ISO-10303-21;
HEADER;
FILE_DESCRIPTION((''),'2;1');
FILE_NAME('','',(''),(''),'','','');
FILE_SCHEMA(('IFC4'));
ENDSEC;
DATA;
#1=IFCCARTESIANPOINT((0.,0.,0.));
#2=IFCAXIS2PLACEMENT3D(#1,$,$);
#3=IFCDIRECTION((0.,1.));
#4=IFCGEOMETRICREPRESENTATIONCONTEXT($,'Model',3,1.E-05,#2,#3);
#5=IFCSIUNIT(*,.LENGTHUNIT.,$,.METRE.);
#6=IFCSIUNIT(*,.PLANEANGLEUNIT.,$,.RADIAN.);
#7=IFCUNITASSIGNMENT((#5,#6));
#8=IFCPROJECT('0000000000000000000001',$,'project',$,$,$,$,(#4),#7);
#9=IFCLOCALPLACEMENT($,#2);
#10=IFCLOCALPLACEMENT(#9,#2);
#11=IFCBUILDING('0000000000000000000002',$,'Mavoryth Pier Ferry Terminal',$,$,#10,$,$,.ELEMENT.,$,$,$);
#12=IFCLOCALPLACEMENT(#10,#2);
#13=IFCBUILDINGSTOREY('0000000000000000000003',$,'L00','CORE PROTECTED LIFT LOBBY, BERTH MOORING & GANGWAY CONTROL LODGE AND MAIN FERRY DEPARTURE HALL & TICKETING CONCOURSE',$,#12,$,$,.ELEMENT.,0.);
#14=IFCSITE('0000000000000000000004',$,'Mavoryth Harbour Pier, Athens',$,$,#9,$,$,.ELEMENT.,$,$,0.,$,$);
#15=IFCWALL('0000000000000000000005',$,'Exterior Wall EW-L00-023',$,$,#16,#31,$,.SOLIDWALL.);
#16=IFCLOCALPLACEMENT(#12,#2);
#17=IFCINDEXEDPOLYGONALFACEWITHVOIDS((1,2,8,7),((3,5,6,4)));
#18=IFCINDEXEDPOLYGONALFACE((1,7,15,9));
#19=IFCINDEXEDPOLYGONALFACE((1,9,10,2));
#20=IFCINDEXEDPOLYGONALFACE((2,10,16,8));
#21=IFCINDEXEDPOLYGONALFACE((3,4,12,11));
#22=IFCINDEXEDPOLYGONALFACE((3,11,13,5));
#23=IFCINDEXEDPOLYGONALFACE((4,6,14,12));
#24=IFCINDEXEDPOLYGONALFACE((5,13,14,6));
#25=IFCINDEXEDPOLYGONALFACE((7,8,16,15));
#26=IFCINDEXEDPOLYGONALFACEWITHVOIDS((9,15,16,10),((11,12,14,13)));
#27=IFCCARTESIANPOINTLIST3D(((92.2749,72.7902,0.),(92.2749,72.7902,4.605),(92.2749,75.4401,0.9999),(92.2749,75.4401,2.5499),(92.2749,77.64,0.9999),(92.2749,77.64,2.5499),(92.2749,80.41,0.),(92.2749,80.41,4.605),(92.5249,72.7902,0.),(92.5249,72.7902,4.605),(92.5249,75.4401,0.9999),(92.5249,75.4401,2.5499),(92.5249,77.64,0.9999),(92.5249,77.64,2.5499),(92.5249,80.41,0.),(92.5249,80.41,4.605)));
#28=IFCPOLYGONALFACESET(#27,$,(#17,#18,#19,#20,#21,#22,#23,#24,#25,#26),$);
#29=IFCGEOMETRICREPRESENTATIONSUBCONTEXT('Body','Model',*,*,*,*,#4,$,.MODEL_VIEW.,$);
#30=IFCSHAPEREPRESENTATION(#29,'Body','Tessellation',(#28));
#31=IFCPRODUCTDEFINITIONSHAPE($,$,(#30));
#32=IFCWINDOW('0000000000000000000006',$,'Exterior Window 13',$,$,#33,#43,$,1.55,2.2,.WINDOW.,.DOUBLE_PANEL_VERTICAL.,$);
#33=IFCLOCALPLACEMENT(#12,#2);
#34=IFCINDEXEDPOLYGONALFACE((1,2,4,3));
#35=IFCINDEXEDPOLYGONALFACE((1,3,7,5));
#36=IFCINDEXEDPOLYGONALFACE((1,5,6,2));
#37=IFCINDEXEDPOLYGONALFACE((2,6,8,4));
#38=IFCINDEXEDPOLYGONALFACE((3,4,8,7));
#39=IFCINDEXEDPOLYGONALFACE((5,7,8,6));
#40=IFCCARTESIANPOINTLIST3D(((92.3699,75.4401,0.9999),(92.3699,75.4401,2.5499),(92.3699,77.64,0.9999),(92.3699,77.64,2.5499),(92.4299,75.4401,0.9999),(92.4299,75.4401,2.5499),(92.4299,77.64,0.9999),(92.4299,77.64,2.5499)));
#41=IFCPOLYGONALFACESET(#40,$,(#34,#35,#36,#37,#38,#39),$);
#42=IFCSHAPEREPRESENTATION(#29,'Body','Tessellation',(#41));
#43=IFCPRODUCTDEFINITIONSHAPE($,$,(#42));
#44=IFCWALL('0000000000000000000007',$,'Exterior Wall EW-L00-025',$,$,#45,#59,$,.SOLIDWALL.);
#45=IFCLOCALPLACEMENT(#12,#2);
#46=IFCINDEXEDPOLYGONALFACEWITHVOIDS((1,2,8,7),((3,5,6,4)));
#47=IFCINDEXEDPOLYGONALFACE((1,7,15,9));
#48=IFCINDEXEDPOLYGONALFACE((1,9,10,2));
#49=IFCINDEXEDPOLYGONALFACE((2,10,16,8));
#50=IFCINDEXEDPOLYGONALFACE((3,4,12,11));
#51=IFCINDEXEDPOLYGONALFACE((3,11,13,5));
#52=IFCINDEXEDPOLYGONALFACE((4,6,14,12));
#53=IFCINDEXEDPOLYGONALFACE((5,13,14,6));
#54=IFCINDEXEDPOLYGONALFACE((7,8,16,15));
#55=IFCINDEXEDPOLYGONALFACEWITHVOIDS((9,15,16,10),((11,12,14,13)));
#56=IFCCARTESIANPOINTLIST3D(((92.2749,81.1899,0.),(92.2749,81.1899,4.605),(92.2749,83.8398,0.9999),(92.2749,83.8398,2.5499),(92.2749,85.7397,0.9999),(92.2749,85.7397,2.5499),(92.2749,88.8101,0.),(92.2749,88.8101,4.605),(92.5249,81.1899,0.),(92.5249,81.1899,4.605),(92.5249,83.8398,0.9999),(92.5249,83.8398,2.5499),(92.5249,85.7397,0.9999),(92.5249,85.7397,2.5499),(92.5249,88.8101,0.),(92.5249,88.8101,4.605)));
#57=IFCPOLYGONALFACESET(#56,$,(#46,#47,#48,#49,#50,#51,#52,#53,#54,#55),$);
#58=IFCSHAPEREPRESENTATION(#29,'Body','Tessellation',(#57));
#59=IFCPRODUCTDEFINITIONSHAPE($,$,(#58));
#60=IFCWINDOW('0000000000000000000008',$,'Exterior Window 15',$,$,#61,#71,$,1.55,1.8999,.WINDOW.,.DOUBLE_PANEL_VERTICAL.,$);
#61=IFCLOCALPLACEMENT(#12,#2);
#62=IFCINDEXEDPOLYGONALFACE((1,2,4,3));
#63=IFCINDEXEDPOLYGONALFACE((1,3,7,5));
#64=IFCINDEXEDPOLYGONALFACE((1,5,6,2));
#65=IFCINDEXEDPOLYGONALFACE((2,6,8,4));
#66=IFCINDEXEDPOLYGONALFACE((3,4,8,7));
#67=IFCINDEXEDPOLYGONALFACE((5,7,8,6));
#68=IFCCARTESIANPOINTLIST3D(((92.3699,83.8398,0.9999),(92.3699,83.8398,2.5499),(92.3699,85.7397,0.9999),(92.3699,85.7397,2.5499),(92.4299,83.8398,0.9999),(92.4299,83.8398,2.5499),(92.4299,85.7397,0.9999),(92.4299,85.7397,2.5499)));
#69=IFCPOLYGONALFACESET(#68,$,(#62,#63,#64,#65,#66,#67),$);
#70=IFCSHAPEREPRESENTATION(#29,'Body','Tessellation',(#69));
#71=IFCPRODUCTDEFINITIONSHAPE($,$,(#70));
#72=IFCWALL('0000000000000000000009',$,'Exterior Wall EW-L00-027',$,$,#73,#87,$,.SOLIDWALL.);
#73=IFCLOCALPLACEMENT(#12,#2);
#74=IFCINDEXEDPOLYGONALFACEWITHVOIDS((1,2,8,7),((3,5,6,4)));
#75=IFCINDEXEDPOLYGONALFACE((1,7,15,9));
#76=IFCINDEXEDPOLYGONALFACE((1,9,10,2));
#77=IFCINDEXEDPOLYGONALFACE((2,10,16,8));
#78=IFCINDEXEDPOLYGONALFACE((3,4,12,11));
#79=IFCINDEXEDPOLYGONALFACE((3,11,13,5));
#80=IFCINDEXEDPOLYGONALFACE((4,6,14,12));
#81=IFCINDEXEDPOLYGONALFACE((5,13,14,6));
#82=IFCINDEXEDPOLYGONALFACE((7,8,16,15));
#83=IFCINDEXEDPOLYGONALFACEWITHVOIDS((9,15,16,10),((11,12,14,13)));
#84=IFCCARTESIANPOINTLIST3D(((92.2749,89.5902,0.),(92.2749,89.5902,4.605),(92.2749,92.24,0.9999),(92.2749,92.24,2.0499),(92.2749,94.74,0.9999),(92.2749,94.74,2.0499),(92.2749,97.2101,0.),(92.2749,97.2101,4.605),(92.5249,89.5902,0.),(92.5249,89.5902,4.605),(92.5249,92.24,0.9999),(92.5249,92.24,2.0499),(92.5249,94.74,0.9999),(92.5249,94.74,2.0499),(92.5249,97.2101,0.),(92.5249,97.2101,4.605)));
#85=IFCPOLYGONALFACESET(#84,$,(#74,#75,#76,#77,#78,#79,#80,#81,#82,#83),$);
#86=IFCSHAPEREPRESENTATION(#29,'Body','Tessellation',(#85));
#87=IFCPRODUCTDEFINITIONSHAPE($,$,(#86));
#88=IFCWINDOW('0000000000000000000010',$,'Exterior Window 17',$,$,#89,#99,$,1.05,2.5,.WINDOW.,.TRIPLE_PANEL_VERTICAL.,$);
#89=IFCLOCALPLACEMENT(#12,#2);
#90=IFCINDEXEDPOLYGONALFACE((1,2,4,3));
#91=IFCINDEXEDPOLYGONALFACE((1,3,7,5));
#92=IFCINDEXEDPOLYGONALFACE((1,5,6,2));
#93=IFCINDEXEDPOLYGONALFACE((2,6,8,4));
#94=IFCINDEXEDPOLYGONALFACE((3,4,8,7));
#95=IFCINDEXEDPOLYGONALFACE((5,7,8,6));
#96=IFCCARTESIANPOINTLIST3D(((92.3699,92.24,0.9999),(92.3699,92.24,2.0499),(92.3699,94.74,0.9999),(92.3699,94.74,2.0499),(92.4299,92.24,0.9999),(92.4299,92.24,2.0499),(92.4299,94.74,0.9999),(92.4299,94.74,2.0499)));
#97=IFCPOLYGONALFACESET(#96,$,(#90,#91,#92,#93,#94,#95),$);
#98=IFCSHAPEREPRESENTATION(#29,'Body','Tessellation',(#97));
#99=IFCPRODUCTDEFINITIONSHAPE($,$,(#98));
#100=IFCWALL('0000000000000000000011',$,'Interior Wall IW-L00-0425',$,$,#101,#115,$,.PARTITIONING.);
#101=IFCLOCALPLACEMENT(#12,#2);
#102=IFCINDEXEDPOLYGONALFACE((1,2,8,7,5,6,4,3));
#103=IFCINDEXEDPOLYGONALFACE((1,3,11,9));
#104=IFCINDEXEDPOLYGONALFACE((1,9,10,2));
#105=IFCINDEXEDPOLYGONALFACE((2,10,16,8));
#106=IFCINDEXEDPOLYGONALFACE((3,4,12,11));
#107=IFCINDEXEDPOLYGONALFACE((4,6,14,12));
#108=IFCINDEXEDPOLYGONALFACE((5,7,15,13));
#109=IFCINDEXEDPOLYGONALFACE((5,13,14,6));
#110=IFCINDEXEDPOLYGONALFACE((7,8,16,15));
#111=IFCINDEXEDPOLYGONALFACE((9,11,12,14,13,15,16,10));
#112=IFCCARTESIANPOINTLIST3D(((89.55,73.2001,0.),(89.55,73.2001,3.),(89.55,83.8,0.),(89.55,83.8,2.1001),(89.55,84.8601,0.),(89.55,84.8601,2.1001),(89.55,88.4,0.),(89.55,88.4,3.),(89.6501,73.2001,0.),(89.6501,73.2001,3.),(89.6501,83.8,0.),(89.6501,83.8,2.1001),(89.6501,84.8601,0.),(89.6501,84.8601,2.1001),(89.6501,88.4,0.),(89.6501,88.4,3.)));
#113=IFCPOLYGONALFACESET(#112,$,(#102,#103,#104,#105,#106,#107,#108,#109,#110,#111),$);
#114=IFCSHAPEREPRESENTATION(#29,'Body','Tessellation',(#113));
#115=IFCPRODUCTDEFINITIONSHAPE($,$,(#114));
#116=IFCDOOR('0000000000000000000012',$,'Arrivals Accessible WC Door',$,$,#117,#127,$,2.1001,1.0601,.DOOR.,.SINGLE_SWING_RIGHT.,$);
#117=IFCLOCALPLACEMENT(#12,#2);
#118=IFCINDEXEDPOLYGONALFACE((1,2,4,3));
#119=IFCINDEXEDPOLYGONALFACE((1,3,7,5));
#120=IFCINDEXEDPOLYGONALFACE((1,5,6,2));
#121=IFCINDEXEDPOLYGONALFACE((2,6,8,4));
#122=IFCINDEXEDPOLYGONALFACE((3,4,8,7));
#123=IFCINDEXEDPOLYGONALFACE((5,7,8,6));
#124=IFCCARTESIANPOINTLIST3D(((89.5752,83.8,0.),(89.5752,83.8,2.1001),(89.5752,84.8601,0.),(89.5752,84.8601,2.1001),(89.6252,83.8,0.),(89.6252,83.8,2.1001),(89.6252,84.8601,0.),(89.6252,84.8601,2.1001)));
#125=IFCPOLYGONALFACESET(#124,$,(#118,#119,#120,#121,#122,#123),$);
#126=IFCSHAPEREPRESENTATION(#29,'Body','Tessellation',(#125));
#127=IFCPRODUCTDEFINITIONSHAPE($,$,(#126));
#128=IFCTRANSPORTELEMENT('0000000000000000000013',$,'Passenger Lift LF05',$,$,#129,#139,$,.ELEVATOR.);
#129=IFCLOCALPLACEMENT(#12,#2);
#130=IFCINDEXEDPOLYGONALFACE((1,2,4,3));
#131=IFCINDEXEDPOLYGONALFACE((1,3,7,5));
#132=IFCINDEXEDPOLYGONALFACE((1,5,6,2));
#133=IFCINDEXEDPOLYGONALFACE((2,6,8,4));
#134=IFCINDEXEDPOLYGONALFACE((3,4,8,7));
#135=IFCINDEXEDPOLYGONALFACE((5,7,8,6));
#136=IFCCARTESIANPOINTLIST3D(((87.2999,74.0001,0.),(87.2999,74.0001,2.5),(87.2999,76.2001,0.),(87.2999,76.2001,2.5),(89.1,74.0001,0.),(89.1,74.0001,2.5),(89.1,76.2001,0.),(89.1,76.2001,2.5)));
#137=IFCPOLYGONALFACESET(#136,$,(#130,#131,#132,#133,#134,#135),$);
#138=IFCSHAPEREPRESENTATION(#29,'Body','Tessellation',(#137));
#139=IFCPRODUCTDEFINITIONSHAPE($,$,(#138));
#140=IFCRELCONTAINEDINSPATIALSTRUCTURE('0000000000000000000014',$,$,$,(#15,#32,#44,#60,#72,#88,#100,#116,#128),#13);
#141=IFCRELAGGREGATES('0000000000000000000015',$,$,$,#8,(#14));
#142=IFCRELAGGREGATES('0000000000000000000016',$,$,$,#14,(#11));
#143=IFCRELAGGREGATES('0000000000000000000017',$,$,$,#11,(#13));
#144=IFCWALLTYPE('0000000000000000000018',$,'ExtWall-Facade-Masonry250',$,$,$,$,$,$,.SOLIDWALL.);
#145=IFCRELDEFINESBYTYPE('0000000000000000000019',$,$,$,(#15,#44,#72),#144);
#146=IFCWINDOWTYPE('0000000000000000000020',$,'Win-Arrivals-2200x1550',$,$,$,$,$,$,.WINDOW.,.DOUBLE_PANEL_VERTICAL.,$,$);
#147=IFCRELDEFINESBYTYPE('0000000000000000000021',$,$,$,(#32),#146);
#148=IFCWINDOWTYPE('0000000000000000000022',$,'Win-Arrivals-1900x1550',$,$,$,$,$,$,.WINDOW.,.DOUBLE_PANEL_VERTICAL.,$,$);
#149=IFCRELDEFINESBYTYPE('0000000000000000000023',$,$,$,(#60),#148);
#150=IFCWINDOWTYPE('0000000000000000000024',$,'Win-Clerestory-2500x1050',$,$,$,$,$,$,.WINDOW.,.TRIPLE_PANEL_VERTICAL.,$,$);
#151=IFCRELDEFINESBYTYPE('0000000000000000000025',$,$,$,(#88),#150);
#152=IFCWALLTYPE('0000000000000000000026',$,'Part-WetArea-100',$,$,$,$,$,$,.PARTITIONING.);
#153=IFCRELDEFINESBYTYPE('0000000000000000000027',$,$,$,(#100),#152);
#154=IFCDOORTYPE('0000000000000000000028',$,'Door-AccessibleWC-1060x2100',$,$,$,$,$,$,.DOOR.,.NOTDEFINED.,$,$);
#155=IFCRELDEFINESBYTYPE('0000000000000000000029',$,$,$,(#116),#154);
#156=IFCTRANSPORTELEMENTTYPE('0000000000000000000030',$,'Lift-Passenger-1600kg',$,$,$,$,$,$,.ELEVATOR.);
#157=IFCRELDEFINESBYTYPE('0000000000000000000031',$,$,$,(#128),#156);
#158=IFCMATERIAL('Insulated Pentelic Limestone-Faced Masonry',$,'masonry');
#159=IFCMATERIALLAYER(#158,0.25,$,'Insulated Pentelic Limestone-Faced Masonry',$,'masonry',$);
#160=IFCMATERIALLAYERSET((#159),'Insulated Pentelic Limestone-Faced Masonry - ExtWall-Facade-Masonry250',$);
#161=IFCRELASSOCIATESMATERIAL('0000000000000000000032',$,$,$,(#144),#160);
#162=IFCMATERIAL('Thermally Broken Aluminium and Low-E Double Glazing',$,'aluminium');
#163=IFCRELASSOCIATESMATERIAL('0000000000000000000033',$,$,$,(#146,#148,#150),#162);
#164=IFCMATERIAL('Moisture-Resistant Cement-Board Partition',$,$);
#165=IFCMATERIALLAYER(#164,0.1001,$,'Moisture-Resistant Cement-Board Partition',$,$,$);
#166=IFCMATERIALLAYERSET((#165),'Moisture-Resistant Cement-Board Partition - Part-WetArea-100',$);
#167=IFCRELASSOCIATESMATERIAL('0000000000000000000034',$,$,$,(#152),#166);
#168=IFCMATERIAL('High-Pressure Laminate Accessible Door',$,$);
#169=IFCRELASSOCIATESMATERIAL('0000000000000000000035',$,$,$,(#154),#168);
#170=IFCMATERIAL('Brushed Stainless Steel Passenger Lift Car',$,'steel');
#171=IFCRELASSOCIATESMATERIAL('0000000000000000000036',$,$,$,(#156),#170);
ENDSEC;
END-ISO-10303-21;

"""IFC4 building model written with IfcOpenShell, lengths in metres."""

from ifc_helpers import new_model, si_unit, direction, frame, frame_2d, origin, origin_2d, place, context, subcontext, project, spatial, rectangle, extrude, material, layer, layer_set, type_object, element, fill, save


model = new_model("IFC4")

# Units and contexts
model_context = context("Model", 3, precision=1e-05, world=origin(), true_north=direction((0.0, 1.0)))
body_context = subcontext(model_context, "Body", "Model", "MODEL_VIEW")
ifc_project = project(units=[si_unit("LENGTHUNIT", "METRE"), si_unit("PLANEANGLEUNIT", "RADIAN")], contexts=[model_context])

# Site, building, storey
site_placement = place(None, origin())
site = spatial("IfcSite", under=ifc_project, at=site_placement, Name="Mavoryth Harbour Pier, Athens", CompositionType="ELEMENT", RefElevation=0.0)
building_placement = place(site_placement, origin())
building = spatial("IfcBuilding", under=site, at=building_placement, Name="Mavoryth Pier Ferry Terminal", CompositionType="ELEMENT")
storey_placement = place(building_placement, origin())
storey = spatial("IfcBuildingStorey", under=building, at=storey_placement, Name="L00", Description="CORE PROTECTED LIFT LOBBY, BERTH MOORING & GANGWAY CONTROL LODGE AND MAIN FERRY DEPARTURE HALL & TICKETING CONCOURSE", CompositionType="ELEMENT", Elevation=0.0)

# Walls, openings, windows
ifc_material_1 = material(Name="Insulated Pentelic Limestone-Faced Masonry", Category="masonry")
ifc_layer_1 = layer(ifc_material_1, 0.25, Name="Insulated Pentelic Limestone-Faced Masonry", Category="masonry")
ifc_layer_set_1 = layer_set([ifc_layer_1], Name="Insulated Pentelic Limestone-Faced Masonry - ExtWall-Facade-Masonry250")
wall_type_1 = type_object("IfcWallType", Name="ExtWall-Facade-Masonry250", PredefinedType="SOLIDWALL", material=ifc_layer_set_1)
wall_1_placement = place(storey_placement, frame((92.3999, 72.79, 0.0), z_axis=(0.0, 0.0, 1.0), x_axis=(0.0, 1.0, 0.0)))
wall_1 = element("IfcWall", 1, at=wall_1_placement, inside=storey, type_object=wall_type_1, Name="Exterior Wall EW-L00-023", PredefinedType="SOLIDWALL", context=body_context, shape_type="SweptSolid", body=[
    extrude(rectangle(XDim=7.6199, YDim=0.25, at=frame_2d((3.8101, 0.0))), origin(), (0.0, 0.0, 1.0), 4.605),
])
opening_1_placement = place(wall_1_placement, frame((2.6499, 0.0, 1.0)))
opening_1 = element("IfcOpeningElement", 2, at=opening_1_placement, cuts=wall_1, PredefinedType="OPENING", context=body_context, shape_type="SweptSolid", body=[
    extrude(rectangle(XDim=2.2, YDim=1.55, at=frame_2d((1.1001, 0.7749))), frame((0.0, 0.135, 0.0), z_axis=(0.0, -1.0, 0.0), x_axis=(1.0, 0.0, 0.0)), (0.0, 0.0, 1.0), 0.27),
])
ifc_material_2 = material(Name="Thermally Broken Aluminium and Low-E Double Glazing", Category="aluminium")
window_type_1 = type_object("IfcWindowType", Name="Win-Arrivals-2200x1550", PartitioningType="DOUBLE_PANEL_VERTICAL", PredefinedType="WINDOW", material=ifc_material_2)
window_1_placement = place(opening_1_placement, origin())
window_1 = element("IfcWindow", 3, at=window_1_placement, inside=storey, type_object=window_type_1, Name="Exterior Window 13", OverallHeight=1.55, OverallWidth=2.2, PartitioningType="DOUBLE_PANEL_VERTICAL", PredefinedType="WINDOW", context=body_context, shape_type="SweptSolid", body=[
    extrude(rectangle(XDim=2.2, YDim=1.55, at=frame_2d((1.1001, 0.7749))), frame((0.0, 0.03, 0.0), z_axis=(0.0, -1.0, 0.0), x_axis=(1.0, 0.0, 0.0)), (0.0, 0.0, 1.0), 0.0601),
])
fill(opening_1, window_1)
wall_2_placement = place(storey_placement, frame((92.3999, 81.1899, 0.0), z_axis=(0.0, 0.0, 1.0), x_axis=(0.0, 1.0, 0.0)))
wall_2 = element("IfcWall", 4, at=wall_2_placement, inside=storey, type_object=wall_type_1, Name="Exterior Wall EW-L00-025", PredefinedType="SOLIDWALL", context=body_context, shape_type="SweptSolid", body=[
    extrude(rectangle(XDim=7.6201, YDim=0.25, at=frame_2d((3.8101, 0.0))), origin(), (0.0, 0.0, 1.0), 4.605),
])
opening_2_placement = place(wall_2_placement, frame((2.6499, 0.0, 1.0)))
opening_2 = element("IfcOpeningElement", 5, at=opening_2_placement, cuts=wall_2, PredefinedType="OPENING", context=body_context, shape_type="SweptSolid", body=[
    extrude(rectangle(XDim=1.8999, YDim=1.55, at=frame_2d((0.95, 0.7749))), frame((0.0, 0.135, 0.0), z_axis=(0.0, -1.0, 0.0), x_axis=(1.0, 0.0, 0.0)), (0.0, 0.0, 1.0), 0.27),
])
window_type_2 = type_object("IfcWindowType", Name="Win-Arrivals-1900x1550", PartitioningType="DOUBLE_PANEL_VERTICAL", PredefinedType="WINDOW", material=ifc_material_2)
window_2_placement = place(opening_2_placement, origin())
window_2 = element("IfcWindow", 6, at=window_2_placement, inside=storey, type_object=window_type_2, Name="Exterior Window 15", OverallHeight=1.55, OverallWidth=1.8999, PartitioningType="DOUBLE_PANEL_VERTICAL", PredefinedType="WINDOW", context=body_context, shape_type="SweptSolid", body=[
    extrude(rectangle(XDim=1.8999, YDim=1.55, at=frame_2d((0.95, 0.7749))), frame((0.0, 0.03, 0.0), z_axis=(0.0, -1.0, 0.0), x_axis=(1.0, 0.0, 0.0)), (0.0, 0.0, 1.0), 0.0601),
])
fill(opening_2, window_2)
wall_3_placement = place(storey_placement, frame((92.3999, 89.5901, 0.0), z_axis=(0.0, 0.0, 1.0), x_axis=(0.0, 1.0, 0.0)))
wall_3 = element("IfcWall", 7, at=wall_3_placement, inside=storey, type_object=wall_type_1, Name="Exterior Wall EW-L00-027", PredefinedType="SOLIDWALL", context=body_context, shape_type="SweptSolid", body=[
    extrude(rectangle(XDim=7.6199, YDim=0.25, at=frame_2d((3.8101, 0.0))), origin(), (0.0, 0.0, 1.0), 4.605),
])
opening_3_placement = place(wall_3_placement, frame((2.6499, 0.0, 1.0)))
opening_3 = element("IfcOpeningElement", 8, at=opening_3_placement, cuts=wall_3, PredefinedType="OPENING", context=body_context, shape_type="SweptSolid", body=[
    extrude(rectangle(XDim=2.5, YDim=1.05, at=frame_2d((1.25, 0.5249))), frame((0.0, 0.135, 0.0), z_axis=(0.0, -1.0, 0.0), x_axis=(1.0, 0.0, 0.0)), (0.0, 0.0, 1.0), 0.27),
])
window_type_3 = type_object("IfcWindowType", Name="Win-Clerestory-2500x1050", PartitioningType="TRIPLE_PANEL_VERTICAL", PredefinedType="WINDOW", material=ifc_material_2)
window_3_placement = place(opening_3_placement, origin())
window_3 = element("IfcWindow", 9, at=window_3_placement, inside=storey, type_object=window_type_3, Name="Exterior Window 17", OverallHeight=1.05, OverallWidth=2.5, PartitioningType="TRIPLE_PANEL_VERTICAL", PredefinedType="WINDOW", context=body_context, shape_type="SweptSolid", body=[
    extrude(rectangle(XDim=2.5, YDim=1.05, at=frame_2d((1.25, 0.5249))), frame((0.0, 0.03, 0.0), z_axis=(0.0, -1.0, 0.0), x_axis=(1.0, 0.0, 0.0)), (0.0, 0.0, 1.0), 0.0601),
])
fill(opening_3, window_3)

# Wall, opening, door
ifc_material_3 = material(Name="Moisture-Resistant Cement-Board Partition")
ifc_layer_2 = layer(ifc_material_3, 0.1001, Name="Moisture-Resistant Cement-Board Partition")
ifc_layer_set_2 = layer_set([ifc_layer_2], Name="Moisture-Resistant Cement-Board Partition - Part-WetArea-100")
wall_type_2 = type_object("IfcWallType", Name="Part-WetArea-100", PredefinedType="PARTITIONING", material=ifc_layer_set_2)
wall_4_placement = place(storey_placement, frame((89.6001, 73.2, 0.0), z_axis=(0.0, 0.0, 1.0), x_axis=(0.0, 1.0, 0.0)))
wall_4 = element("IfcWall", 10, at=wall_4_placement, inside=storey, type_object=wall_type_2, Name="Interior Wall IW-L00-0425", PredefinedType="PARTITIONING", context=body_context, shape_type="SweptSolid", body=[
    extrude(rectangle(XDim=15.2, YDim=0.1001, at=frame_2d((7.6001, 0.0))), origin(), (0.0, 0.0, 1.0), 3.0),
])
opening_4_placement = place(wall_4_placement, frame((10.6001, 0.0, 0.0)))
opening_4 = element("IfcOpeningElement", 11, at=opening_4_placement, cuts=wall_4, PredefinedType="OPENING", context=body_context, shape_type="SweptSolid", body=[
    extrude(rectangle(XDim=1.0601, YDim=2.1001, at=frame_2d((0.53, 1.05))), frame((0.0, 0.0601, 0.0), z_axis=(0.0, -1.0, 0.0), x_axis=(1.0, 0.0, 0.0)), (0.0, 0.0, 1.0), 0.1201),
])
ifc_material_4 = material(Name="High-Pressure Laminate Accessible Door")
door_type_1 = type_object("IfcDoorType", Name="Door-AccessibleWC-1060x2100", OperationType="NOTDEFINED", PredefinedType="DOOR", material=ifc_material_4)
door_1_placement = place(opening_4_placement, origin())
door_1 = element("IfcDoor", 12, at=door_1_placement, inside=storey, type_object=door_type_1, Name="Arrivals Accessible WC Door", OperationType="SINGLE_SWING_RIGHT", OverallHeight=2.1001, OverallWidth=1.0601, PredefinedType="DOOR", context=body_context, shape_type="SweptSolid", body=[
    extrude(rectangle(XDim=1.0601, YDim=2.1001, at=frame_2d((0.53, 1.05))), frame((0.0, 0.0249, 0.0), z_axis=(0.0, -1.0, 0.0), x_axis=(1.0, 0.0, 0.0)), (0.0, 0.0, 1.0), 0.05),
])
fill(opening_4, door_1)

# Transport element
ifc_material_5 = material(Name="Brushed Stainless Steel Passenger Lift Car", Category="steel")
transport_element_type = type_object("IfcTransportElementType", Name="Lift-Passenger-1600kg", PredefinedType="ELEVATOR", material=ifc_material_5)
transport_element_placement = place(storey_placement, frame((88.2, 75.1001, 0.0), z_axis=(0.0, 0.0, 1.0), x_axis=(1.0, 0.0, 0.0)))
element("IfcTransportElement", 13, at=transport_element_placement, inside=storey, type_object=transport_element_type, Name="Passenger Lift LF05", PredefinedType="ELEVATOR", context=body_context, shape_type="SweptSolid", body=[
    extrude(rectangle(XDim=1.8, YDim=2.2, at=origin_2d()), origin(), (0.0, 0.0, 1.0), 2.5),
])

save(model, "model.ifc")
